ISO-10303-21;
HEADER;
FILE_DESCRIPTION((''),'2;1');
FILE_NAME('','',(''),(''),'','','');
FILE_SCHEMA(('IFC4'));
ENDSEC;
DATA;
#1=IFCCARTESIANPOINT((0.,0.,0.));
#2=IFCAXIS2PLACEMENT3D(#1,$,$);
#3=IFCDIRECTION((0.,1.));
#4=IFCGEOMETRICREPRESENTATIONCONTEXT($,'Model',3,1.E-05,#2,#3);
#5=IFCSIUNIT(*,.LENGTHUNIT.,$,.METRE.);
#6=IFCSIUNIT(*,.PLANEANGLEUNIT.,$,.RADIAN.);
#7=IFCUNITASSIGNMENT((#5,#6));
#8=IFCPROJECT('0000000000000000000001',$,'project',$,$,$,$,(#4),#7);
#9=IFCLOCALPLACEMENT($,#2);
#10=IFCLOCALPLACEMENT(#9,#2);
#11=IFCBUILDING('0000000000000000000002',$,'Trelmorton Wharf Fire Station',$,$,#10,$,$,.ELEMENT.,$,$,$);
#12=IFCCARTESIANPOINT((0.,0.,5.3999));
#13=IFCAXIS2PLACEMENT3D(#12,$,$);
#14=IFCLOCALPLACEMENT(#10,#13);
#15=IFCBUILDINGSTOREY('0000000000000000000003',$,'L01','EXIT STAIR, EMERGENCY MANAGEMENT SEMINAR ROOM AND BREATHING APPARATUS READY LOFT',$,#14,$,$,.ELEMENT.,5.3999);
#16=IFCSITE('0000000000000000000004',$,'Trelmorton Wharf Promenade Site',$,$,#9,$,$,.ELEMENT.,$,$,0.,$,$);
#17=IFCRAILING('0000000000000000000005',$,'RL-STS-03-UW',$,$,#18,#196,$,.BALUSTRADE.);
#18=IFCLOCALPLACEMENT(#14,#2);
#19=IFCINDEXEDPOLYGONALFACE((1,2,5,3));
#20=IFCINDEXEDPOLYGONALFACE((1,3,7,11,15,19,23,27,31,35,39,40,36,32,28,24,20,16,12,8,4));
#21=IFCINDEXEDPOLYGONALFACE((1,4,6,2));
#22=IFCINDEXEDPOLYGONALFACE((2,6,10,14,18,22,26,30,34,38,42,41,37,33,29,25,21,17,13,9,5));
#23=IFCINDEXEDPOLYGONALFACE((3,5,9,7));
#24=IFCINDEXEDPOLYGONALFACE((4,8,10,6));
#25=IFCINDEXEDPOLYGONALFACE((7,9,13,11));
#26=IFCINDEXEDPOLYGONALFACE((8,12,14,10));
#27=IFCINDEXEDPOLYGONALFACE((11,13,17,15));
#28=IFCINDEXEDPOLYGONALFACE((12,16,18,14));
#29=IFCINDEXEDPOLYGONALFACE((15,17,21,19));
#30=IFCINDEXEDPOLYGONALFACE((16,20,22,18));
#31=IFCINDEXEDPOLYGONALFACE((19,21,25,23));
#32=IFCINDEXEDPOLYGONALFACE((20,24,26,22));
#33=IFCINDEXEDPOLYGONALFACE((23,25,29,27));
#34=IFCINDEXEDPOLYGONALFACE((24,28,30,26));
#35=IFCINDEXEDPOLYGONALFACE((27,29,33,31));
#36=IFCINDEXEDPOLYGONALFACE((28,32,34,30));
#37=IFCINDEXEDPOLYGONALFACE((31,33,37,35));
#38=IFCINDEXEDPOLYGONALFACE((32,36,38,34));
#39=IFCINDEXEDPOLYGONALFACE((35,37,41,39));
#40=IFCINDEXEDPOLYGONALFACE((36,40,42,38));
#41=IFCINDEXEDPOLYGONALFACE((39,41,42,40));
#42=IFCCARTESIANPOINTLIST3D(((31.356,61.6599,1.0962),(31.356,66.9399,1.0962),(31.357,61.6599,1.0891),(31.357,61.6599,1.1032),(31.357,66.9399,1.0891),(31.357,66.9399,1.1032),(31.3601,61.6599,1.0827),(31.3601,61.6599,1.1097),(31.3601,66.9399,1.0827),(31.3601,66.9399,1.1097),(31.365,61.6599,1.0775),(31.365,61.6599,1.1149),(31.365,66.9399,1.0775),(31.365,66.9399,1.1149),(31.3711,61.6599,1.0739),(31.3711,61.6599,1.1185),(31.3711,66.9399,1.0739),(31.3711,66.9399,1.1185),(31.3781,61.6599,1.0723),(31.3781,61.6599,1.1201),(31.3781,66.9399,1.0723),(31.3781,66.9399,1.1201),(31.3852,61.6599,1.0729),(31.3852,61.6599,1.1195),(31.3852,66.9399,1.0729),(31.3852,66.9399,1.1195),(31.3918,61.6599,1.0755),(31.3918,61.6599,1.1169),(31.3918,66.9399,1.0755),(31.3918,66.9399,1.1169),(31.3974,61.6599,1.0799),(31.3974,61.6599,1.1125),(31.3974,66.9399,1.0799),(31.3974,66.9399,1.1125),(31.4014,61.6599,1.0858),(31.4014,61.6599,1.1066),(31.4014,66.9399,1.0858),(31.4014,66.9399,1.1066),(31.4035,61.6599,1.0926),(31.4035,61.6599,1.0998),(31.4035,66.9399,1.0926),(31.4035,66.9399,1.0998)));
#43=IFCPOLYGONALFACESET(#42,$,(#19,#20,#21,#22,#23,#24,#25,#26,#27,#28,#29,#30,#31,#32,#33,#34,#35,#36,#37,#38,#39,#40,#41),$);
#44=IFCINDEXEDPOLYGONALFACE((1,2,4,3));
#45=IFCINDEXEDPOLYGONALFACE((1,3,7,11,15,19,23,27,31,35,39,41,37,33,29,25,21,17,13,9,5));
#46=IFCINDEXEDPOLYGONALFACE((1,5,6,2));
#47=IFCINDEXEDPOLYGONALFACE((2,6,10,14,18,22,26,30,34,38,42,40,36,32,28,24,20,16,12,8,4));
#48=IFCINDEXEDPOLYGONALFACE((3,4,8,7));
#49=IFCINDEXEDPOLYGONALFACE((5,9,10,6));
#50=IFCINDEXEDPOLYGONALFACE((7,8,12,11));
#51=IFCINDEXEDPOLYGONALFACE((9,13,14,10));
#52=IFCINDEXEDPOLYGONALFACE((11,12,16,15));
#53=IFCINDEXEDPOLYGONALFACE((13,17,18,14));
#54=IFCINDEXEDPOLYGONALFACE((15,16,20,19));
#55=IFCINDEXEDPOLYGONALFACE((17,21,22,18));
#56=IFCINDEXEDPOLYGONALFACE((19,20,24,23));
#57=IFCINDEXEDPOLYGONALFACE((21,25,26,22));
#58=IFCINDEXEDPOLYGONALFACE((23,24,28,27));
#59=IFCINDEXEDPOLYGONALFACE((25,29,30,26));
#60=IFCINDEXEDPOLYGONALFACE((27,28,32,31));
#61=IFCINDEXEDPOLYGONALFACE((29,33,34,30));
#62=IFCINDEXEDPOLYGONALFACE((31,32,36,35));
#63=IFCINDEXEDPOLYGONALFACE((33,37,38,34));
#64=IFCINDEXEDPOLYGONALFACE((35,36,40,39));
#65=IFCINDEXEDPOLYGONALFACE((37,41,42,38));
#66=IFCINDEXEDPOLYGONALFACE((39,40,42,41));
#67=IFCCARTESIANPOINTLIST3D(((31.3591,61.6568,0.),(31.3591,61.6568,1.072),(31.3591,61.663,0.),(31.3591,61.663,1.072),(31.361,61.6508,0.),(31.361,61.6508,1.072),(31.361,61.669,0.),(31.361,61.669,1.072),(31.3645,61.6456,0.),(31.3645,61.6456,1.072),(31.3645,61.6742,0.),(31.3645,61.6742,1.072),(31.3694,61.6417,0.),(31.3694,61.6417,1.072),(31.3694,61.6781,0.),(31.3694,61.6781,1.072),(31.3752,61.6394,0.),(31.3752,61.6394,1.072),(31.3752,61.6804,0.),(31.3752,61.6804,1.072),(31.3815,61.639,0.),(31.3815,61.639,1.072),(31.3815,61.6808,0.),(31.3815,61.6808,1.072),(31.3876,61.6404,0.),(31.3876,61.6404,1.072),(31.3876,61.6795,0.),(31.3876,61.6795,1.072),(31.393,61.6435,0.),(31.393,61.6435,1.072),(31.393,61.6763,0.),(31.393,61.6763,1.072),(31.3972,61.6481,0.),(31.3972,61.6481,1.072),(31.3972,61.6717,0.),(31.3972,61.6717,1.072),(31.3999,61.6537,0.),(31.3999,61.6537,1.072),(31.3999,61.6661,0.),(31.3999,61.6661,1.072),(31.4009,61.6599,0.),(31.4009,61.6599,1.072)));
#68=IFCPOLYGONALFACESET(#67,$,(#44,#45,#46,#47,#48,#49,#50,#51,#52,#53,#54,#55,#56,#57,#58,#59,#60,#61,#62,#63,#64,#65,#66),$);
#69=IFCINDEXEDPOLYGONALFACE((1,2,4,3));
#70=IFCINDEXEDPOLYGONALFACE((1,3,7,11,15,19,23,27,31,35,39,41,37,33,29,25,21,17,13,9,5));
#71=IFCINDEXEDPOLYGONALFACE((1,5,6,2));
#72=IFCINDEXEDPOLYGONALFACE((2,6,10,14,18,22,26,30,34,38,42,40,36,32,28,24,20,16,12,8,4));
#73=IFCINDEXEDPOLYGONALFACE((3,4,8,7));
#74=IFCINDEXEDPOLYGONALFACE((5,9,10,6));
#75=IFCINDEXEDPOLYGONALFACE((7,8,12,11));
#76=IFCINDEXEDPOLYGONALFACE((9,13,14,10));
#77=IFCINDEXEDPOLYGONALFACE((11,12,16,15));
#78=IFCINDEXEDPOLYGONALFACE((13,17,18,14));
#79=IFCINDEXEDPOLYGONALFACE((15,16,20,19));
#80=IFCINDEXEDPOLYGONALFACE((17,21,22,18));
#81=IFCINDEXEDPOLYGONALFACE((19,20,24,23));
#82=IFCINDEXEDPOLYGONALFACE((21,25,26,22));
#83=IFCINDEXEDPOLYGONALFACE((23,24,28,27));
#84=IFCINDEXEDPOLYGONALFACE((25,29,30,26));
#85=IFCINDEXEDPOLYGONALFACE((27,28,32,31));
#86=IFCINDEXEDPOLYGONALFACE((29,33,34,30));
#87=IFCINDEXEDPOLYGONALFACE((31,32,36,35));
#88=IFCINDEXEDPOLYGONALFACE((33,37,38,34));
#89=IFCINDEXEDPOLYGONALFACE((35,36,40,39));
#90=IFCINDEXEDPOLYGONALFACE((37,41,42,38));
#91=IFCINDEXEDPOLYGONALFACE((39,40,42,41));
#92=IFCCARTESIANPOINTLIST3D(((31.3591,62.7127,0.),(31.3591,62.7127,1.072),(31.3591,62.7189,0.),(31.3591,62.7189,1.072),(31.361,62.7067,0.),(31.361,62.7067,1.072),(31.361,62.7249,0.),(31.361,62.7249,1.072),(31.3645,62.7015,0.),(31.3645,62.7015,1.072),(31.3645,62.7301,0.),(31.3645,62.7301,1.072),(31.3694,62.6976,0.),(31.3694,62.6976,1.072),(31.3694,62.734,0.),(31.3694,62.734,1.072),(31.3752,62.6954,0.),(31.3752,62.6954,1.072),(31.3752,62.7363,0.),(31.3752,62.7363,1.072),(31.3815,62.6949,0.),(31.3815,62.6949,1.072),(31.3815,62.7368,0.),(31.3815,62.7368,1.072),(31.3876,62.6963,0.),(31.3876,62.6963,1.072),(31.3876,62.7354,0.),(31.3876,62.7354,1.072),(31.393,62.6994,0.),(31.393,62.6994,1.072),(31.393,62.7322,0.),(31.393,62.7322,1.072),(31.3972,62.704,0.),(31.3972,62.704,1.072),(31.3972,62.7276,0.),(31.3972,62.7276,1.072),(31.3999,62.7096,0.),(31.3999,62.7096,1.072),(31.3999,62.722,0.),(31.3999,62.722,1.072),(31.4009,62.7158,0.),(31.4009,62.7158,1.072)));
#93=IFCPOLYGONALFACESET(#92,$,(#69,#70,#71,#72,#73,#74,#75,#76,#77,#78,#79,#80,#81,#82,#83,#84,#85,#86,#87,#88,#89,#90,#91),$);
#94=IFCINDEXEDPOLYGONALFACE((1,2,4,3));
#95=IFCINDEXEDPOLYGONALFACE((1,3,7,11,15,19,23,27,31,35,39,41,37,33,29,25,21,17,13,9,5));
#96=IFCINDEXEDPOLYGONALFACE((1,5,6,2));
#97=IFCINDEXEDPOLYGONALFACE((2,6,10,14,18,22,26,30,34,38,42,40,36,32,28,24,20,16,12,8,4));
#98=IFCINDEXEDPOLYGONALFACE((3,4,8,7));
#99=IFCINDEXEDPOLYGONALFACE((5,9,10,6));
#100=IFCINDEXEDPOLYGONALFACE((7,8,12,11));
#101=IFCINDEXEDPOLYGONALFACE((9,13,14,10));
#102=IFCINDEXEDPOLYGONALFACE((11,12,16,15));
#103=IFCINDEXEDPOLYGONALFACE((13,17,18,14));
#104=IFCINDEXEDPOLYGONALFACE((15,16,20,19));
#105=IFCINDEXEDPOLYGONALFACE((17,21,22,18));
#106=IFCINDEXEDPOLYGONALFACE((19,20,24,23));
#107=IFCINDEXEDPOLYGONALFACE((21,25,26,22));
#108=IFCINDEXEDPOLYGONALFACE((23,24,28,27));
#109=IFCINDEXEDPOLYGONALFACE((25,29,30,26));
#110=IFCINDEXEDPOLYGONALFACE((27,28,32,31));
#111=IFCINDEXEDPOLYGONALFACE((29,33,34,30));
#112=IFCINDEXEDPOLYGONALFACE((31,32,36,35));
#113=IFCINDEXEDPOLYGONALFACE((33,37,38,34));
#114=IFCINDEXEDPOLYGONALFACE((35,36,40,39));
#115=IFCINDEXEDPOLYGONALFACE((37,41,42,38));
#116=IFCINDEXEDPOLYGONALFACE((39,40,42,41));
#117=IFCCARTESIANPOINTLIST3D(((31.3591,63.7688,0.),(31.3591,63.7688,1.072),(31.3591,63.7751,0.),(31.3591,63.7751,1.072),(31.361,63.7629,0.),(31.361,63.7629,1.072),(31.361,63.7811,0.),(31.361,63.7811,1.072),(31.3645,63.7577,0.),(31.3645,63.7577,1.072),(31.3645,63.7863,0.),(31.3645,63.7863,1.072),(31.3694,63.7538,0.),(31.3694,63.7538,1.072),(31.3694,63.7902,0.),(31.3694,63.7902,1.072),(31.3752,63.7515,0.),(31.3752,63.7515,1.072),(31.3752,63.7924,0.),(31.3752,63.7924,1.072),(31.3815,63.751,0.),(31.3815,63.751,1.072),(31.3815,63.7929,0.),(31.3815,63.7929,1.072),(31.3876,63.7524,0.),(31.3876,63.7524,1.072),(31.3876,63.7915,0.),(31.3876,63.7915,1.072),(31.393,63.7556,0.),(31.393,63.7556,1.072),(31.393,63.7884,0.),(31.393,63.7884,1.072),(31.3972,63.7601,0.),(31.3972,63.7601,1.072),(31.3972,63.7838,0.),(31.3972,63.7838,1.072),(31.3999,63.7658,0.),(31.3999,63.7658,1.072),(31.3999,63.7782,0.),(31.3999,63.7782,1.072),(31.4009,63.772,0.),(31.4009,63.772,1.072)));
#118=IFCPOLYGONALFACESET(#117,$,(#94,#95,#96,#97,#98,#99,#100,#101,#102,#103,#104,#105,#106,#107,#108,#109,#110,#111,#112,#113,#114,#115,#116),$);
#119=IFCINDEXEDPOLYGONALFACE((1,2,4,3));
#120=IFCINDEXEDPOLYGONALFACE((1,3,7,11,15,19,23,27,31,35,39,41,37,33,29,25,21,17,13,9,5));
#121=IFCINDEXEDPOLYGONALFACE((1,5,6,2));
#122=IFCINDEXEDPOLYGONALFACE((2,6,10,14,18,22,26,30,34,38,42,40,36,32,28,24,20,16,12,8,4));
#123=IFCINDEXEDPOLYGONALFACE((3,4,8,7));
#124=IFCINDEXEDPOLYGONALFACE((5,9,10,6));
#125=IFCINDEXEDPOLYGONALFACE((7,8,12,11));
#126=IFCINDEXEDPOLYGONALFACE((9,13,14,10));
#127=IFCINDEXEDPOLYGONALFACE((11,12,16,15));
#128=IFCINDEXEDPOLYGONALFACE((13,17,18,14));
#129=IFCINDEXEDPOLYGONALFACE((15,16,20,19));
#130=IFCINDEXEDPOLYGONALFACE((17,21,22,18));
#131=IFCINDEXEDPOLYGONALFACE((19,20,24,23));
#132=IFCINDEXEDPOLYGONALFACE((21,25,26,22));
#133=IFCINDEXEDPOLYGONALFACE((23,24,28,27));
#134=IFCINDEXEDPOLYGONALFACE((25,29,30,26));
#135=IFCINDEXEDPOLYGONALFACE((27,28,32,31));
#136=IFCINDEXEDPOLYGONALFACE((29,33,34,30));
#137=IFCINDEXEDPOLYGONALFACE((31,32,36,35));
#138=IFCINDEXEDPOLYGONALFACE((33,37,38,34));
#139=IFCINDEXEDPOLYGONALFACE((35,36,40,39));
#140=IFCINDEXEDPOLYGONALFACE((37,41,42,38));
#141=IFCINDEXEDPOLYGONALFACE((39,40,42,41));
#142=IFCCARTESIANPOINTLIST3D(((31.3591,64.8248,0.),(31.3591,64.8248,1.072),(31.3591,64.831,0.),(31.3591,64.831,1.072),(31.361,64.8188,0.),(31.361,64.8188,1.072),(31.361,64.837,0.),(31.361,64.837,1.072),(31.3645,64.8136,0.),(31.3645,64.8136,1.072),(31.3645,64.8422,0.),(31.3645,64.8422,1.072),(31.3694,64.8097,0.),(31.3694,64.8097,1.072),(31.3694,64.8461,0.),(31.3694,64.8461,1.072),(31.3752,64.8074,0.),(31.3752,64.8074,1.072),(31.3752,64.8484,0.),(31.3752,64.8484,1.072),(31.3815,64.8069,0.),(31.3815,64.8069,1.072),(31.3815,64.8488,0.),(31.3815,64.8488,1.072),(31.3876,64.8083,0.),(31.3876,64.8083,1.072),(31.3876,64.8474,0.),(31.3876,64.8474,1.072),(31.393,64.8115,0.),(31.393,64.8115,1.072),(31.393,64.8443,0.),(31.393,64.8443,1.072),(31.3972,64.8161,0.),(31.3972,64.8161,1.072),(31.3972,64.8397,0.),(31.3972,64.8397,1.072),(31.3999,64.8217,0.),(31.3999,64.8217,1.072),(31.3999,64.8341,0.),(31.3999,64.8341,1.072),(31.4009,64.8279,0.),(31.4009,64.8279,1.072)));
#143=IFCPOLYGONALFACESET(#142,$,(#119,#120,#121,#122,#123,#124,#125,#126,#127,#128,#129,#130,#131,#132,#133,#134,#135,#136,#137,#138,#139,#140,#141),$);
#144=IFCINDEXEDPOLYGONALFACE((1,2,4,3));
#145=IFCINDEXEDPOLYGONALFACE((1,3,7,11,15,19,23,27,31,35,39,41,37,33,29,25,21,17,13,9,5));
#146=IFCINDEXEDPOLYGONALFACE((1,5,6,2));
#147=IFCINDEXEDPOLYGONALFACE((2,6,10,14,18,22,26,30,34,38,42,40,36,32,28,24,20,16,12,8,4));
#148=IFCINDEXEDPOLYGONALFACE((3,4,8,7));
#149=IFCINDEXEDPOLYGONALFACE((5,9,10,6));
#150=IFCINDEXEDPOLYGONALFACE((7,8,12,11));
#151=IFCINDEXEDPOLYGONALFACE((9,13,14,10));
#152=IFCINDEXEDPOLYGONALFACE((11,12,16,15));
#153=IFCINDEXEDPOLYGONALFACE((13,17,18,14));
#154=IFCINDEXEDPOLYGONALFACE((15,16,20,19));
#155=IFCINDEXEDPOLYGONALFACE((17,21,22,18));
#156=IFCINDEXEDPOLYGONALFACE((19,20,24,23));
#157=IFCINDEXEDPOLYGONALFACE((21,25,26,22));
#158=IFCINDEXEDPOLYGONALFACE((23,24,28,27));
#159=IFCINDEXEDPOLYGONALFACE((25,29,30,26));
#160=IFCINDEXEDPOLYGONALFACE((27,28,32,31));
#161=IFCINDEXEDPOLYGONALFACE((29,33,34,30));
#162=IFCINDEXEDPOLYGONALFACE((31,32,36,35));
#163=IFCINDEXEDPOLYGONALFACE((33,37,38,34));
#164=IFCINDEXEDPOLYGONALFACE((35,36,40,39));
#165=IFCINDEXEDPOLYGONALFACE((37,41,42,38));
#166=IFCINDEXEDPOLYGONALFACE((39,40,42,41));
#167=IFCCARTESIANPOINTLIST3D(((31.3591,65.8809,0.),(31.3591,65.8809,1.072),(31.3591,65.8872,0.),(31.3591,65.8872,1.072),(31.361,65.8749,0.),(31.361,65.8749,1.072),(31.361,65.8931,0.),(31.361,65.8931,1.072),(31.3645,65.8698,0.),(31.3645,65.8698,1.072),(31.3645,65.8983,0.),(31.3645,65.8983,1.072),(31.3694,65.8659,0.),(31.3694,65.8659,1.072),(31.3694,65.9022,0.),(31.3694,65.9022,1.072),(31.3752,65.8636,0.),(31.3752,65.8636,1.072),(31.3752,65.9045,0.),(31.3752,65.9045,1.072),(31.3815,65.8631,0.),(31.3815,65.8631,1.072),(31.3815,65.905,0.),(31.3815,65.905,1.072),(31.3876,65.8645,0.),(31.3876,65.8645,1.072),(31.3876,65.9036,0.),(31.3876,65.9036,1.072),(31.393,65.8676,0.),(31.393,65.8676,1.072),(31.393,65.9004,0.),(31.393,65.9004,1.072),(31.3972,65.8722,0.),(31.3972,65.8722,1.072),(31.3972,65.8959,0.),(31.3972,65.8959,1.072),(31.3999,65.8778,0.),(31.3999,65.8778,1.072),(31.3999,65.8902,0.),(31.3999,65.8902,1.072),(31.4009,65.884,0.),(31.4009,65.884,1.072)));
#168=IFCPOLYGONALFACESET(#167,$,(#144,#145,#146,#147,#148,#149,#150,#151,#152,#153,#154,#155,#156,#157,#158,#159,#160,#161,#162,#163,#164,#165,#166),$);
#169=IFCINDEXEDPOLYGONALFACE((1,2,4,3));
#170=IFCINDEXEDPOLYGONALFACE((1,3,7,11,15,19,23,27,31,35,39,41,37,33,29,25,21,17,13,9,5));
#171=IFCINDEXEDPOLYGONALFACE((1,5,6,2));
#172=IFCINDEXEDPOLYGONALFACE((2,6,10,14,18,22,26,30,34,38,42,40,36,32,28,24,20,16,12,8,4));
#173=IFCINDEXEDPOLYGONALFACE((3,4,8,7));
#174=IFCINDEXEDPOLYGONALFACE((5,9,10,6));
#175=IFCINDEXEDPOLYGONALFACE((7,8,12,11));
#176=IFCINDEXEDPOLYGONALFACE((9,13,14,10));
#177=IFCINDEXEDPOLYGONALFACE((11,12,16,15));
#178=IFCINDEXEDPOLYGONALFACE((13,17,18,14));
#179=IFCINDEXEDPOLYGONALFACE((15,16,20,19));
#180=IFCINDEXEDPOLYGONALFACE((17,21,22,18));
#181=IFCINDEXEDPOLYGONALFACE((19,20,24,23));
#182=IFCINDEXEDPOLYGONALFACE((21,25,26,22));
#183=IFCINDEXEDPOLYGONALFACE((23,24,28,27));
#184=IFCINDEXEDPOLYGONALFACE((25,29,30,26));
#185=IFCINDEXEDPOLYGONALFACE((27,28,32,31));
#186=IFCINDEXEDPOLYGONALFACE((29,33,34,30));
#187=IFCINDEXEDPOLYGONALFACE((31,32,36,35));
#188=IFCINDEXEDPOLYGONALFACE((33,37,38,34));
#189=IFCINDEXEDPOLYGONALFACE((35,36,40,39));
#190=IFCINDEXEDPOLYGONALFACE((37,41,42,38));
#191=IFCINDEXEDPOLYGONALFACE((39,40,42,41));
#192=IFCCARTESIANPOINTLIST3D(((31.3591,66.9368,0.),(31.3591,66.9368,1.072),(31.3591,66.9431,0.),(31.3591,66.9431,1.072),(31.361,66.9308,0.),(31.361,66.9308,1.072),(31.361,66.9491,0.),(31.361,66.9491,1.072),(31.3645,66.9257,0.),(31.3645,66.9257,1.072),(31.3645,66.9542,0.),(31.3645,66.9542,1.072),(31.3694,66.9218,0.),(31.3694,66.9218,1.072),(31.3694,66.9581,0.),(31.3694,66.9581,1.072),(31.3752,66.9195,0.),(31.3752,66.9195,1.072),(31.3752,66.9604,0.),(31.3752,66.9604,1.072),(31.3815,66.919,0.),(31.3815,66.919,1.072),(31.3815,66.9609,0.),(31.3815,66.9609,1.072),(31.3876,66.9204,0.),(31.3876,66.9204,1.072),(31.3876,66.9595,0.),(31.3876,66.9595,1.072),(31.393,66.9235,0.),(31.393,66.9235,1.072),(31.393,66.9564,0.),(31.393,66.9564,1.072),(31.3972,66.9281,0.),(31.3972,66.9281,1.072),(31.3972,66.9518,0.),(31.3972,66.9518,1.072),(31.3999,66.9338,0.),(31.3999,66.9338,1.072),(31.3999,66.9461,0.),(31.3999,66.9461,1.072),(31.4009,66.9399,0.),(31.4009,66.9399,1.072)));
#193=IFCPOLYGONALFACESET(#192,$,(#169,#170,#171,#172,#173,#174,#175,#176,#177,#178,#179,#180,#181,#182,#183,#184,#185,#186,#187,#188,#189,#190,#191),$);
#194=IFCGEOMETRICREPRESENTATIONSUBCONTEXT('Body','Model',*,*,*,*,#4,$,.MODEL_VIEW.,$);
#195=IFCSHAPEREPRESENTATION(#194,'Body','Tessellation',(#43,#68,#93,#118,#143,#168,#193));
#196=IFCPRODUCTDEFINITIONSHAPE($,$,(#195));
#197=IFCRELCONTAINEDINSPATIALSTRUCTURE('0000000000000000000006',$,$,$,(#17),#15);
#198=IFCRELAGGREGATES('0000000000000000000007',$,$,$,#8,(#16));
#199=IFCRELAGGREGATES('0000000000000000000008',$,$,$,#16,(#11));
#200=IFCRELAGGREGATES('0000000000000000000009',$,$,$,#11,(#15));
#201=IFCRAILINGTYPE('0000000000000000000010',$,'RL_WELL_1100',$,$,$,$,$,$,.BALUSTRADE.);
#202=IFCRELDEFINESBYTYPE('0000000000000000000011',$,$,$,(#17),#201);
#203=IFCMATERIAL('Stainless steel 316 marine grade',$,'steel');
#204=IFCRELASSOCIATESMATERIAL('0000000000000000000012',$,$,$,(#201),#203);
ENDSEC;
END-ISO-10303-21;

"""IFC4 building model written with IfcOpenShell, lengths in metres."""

from ifc_helpers import new_model, si_unit, direction, frame, origin, origin_2d, place, context, subcontext, project, spatial, circle, extrude, material, type_object, element, save


model = new_model("IFC4")

# Units and contexts
model_context = context("Model", 3, precision=1e-05, world=origin(), true_north=direction((0.0, 1.0)))
body_context = subcontext(model_context, "Body", "Model", "MODEL_VIEW")
ifc_project = project(units=[si_unit("LENGTHUNIT", "METRE"), si_unit("PLANEANGLEUNIT", "RADIAN")], contexts=[model_context])

# Site, building, storey
site_placement = place(None, origin())
site = spatial("IfcSite", under=ifc_project, at=site_placement, Name="Trelmorton Wharf Promenade Site", CompositionType="ELEMENT", RefElevation=0.0)
building_placement = place(site_placement, origin())
building = spatial("IfcBuilding", under=site, at=building_placement, Name="Trelmorton Wharf Fire Station", CompositionType="ELEMENT")
storey_placement = place(building_placement, frame((0.0, 0.0, 5.3999)))
storey = spatial("IfcBuildingStorey", under=building, at=storey_placement, Name="L01", Description="EXIT STAIR, EMERGENCY MANAGEMENT SEMINAR ROOM AND BREATHING APPARATUS READY LOFT", CompositionType="ELEMENT", Elevation=5.3999)

# Railing
ifc_material_1 = material(Name="Stainless steel 316 marine grade", Category="steel")
railing_type = type_object("IfcRailingType", Name="RL_WELL_1100", PredefinedType="BALUSTRADE", material=ifc_material_1)
railing_1_placement = place(storey_placement, frame((31.3799, 61.6599, 0.0)))
element("IfcRailing", 1, at=railing_1_placement, inside=storey, type_object=railing_type, Name="RL-STS-03-UW", PredefinedType="BALUSTRADE", context=body_context, shape_type="SweptSolid", body=[
    extrude(circle(Radius=0.0239, at=origin_2d()), frame((0.0, 0.0, 1.0962), z_axis=(0.0, 1.0, 0.0), x_axis=(-1.0, 0.0, 0.0)), (0.0, 0.0, 1.0), 5.28),
    extrude(circle(Radius=0.021, at=origin_2d()), origin(), (0.0, 0.0, 1.0), 1.072),
    extrude(circle(Radius=0.021, at=origin_2d()), frame((0.0, 1.0559, 0.0)), (0.0, 0.0, 1.0), 1.072),
    extrude(circle(Radius=0.021, at=origin_2d()), frame((0.0, 2.1121, 0.0)), (0.0, 0.0, 1.0), 1.072),
    extrude(circle(Radius=0.021, at=origin_2d()), frame((0.0, 3.168, 0.0)), (0.0, 0.0, 1.0), 1.072),
    extrude(circle(Radius=0.021, at=origin_2d()), frame((0.0, 4.2241, 0.0)), (0.0, 0.0, 1.0), 1.072),
    extrude(circle(Radius=0.021, at=origin_2d()), frame((0.0, 5.28, 0.0)), (0.0, 0.0, 1.0), 1.072),
])

save(model, "model.ifc")
